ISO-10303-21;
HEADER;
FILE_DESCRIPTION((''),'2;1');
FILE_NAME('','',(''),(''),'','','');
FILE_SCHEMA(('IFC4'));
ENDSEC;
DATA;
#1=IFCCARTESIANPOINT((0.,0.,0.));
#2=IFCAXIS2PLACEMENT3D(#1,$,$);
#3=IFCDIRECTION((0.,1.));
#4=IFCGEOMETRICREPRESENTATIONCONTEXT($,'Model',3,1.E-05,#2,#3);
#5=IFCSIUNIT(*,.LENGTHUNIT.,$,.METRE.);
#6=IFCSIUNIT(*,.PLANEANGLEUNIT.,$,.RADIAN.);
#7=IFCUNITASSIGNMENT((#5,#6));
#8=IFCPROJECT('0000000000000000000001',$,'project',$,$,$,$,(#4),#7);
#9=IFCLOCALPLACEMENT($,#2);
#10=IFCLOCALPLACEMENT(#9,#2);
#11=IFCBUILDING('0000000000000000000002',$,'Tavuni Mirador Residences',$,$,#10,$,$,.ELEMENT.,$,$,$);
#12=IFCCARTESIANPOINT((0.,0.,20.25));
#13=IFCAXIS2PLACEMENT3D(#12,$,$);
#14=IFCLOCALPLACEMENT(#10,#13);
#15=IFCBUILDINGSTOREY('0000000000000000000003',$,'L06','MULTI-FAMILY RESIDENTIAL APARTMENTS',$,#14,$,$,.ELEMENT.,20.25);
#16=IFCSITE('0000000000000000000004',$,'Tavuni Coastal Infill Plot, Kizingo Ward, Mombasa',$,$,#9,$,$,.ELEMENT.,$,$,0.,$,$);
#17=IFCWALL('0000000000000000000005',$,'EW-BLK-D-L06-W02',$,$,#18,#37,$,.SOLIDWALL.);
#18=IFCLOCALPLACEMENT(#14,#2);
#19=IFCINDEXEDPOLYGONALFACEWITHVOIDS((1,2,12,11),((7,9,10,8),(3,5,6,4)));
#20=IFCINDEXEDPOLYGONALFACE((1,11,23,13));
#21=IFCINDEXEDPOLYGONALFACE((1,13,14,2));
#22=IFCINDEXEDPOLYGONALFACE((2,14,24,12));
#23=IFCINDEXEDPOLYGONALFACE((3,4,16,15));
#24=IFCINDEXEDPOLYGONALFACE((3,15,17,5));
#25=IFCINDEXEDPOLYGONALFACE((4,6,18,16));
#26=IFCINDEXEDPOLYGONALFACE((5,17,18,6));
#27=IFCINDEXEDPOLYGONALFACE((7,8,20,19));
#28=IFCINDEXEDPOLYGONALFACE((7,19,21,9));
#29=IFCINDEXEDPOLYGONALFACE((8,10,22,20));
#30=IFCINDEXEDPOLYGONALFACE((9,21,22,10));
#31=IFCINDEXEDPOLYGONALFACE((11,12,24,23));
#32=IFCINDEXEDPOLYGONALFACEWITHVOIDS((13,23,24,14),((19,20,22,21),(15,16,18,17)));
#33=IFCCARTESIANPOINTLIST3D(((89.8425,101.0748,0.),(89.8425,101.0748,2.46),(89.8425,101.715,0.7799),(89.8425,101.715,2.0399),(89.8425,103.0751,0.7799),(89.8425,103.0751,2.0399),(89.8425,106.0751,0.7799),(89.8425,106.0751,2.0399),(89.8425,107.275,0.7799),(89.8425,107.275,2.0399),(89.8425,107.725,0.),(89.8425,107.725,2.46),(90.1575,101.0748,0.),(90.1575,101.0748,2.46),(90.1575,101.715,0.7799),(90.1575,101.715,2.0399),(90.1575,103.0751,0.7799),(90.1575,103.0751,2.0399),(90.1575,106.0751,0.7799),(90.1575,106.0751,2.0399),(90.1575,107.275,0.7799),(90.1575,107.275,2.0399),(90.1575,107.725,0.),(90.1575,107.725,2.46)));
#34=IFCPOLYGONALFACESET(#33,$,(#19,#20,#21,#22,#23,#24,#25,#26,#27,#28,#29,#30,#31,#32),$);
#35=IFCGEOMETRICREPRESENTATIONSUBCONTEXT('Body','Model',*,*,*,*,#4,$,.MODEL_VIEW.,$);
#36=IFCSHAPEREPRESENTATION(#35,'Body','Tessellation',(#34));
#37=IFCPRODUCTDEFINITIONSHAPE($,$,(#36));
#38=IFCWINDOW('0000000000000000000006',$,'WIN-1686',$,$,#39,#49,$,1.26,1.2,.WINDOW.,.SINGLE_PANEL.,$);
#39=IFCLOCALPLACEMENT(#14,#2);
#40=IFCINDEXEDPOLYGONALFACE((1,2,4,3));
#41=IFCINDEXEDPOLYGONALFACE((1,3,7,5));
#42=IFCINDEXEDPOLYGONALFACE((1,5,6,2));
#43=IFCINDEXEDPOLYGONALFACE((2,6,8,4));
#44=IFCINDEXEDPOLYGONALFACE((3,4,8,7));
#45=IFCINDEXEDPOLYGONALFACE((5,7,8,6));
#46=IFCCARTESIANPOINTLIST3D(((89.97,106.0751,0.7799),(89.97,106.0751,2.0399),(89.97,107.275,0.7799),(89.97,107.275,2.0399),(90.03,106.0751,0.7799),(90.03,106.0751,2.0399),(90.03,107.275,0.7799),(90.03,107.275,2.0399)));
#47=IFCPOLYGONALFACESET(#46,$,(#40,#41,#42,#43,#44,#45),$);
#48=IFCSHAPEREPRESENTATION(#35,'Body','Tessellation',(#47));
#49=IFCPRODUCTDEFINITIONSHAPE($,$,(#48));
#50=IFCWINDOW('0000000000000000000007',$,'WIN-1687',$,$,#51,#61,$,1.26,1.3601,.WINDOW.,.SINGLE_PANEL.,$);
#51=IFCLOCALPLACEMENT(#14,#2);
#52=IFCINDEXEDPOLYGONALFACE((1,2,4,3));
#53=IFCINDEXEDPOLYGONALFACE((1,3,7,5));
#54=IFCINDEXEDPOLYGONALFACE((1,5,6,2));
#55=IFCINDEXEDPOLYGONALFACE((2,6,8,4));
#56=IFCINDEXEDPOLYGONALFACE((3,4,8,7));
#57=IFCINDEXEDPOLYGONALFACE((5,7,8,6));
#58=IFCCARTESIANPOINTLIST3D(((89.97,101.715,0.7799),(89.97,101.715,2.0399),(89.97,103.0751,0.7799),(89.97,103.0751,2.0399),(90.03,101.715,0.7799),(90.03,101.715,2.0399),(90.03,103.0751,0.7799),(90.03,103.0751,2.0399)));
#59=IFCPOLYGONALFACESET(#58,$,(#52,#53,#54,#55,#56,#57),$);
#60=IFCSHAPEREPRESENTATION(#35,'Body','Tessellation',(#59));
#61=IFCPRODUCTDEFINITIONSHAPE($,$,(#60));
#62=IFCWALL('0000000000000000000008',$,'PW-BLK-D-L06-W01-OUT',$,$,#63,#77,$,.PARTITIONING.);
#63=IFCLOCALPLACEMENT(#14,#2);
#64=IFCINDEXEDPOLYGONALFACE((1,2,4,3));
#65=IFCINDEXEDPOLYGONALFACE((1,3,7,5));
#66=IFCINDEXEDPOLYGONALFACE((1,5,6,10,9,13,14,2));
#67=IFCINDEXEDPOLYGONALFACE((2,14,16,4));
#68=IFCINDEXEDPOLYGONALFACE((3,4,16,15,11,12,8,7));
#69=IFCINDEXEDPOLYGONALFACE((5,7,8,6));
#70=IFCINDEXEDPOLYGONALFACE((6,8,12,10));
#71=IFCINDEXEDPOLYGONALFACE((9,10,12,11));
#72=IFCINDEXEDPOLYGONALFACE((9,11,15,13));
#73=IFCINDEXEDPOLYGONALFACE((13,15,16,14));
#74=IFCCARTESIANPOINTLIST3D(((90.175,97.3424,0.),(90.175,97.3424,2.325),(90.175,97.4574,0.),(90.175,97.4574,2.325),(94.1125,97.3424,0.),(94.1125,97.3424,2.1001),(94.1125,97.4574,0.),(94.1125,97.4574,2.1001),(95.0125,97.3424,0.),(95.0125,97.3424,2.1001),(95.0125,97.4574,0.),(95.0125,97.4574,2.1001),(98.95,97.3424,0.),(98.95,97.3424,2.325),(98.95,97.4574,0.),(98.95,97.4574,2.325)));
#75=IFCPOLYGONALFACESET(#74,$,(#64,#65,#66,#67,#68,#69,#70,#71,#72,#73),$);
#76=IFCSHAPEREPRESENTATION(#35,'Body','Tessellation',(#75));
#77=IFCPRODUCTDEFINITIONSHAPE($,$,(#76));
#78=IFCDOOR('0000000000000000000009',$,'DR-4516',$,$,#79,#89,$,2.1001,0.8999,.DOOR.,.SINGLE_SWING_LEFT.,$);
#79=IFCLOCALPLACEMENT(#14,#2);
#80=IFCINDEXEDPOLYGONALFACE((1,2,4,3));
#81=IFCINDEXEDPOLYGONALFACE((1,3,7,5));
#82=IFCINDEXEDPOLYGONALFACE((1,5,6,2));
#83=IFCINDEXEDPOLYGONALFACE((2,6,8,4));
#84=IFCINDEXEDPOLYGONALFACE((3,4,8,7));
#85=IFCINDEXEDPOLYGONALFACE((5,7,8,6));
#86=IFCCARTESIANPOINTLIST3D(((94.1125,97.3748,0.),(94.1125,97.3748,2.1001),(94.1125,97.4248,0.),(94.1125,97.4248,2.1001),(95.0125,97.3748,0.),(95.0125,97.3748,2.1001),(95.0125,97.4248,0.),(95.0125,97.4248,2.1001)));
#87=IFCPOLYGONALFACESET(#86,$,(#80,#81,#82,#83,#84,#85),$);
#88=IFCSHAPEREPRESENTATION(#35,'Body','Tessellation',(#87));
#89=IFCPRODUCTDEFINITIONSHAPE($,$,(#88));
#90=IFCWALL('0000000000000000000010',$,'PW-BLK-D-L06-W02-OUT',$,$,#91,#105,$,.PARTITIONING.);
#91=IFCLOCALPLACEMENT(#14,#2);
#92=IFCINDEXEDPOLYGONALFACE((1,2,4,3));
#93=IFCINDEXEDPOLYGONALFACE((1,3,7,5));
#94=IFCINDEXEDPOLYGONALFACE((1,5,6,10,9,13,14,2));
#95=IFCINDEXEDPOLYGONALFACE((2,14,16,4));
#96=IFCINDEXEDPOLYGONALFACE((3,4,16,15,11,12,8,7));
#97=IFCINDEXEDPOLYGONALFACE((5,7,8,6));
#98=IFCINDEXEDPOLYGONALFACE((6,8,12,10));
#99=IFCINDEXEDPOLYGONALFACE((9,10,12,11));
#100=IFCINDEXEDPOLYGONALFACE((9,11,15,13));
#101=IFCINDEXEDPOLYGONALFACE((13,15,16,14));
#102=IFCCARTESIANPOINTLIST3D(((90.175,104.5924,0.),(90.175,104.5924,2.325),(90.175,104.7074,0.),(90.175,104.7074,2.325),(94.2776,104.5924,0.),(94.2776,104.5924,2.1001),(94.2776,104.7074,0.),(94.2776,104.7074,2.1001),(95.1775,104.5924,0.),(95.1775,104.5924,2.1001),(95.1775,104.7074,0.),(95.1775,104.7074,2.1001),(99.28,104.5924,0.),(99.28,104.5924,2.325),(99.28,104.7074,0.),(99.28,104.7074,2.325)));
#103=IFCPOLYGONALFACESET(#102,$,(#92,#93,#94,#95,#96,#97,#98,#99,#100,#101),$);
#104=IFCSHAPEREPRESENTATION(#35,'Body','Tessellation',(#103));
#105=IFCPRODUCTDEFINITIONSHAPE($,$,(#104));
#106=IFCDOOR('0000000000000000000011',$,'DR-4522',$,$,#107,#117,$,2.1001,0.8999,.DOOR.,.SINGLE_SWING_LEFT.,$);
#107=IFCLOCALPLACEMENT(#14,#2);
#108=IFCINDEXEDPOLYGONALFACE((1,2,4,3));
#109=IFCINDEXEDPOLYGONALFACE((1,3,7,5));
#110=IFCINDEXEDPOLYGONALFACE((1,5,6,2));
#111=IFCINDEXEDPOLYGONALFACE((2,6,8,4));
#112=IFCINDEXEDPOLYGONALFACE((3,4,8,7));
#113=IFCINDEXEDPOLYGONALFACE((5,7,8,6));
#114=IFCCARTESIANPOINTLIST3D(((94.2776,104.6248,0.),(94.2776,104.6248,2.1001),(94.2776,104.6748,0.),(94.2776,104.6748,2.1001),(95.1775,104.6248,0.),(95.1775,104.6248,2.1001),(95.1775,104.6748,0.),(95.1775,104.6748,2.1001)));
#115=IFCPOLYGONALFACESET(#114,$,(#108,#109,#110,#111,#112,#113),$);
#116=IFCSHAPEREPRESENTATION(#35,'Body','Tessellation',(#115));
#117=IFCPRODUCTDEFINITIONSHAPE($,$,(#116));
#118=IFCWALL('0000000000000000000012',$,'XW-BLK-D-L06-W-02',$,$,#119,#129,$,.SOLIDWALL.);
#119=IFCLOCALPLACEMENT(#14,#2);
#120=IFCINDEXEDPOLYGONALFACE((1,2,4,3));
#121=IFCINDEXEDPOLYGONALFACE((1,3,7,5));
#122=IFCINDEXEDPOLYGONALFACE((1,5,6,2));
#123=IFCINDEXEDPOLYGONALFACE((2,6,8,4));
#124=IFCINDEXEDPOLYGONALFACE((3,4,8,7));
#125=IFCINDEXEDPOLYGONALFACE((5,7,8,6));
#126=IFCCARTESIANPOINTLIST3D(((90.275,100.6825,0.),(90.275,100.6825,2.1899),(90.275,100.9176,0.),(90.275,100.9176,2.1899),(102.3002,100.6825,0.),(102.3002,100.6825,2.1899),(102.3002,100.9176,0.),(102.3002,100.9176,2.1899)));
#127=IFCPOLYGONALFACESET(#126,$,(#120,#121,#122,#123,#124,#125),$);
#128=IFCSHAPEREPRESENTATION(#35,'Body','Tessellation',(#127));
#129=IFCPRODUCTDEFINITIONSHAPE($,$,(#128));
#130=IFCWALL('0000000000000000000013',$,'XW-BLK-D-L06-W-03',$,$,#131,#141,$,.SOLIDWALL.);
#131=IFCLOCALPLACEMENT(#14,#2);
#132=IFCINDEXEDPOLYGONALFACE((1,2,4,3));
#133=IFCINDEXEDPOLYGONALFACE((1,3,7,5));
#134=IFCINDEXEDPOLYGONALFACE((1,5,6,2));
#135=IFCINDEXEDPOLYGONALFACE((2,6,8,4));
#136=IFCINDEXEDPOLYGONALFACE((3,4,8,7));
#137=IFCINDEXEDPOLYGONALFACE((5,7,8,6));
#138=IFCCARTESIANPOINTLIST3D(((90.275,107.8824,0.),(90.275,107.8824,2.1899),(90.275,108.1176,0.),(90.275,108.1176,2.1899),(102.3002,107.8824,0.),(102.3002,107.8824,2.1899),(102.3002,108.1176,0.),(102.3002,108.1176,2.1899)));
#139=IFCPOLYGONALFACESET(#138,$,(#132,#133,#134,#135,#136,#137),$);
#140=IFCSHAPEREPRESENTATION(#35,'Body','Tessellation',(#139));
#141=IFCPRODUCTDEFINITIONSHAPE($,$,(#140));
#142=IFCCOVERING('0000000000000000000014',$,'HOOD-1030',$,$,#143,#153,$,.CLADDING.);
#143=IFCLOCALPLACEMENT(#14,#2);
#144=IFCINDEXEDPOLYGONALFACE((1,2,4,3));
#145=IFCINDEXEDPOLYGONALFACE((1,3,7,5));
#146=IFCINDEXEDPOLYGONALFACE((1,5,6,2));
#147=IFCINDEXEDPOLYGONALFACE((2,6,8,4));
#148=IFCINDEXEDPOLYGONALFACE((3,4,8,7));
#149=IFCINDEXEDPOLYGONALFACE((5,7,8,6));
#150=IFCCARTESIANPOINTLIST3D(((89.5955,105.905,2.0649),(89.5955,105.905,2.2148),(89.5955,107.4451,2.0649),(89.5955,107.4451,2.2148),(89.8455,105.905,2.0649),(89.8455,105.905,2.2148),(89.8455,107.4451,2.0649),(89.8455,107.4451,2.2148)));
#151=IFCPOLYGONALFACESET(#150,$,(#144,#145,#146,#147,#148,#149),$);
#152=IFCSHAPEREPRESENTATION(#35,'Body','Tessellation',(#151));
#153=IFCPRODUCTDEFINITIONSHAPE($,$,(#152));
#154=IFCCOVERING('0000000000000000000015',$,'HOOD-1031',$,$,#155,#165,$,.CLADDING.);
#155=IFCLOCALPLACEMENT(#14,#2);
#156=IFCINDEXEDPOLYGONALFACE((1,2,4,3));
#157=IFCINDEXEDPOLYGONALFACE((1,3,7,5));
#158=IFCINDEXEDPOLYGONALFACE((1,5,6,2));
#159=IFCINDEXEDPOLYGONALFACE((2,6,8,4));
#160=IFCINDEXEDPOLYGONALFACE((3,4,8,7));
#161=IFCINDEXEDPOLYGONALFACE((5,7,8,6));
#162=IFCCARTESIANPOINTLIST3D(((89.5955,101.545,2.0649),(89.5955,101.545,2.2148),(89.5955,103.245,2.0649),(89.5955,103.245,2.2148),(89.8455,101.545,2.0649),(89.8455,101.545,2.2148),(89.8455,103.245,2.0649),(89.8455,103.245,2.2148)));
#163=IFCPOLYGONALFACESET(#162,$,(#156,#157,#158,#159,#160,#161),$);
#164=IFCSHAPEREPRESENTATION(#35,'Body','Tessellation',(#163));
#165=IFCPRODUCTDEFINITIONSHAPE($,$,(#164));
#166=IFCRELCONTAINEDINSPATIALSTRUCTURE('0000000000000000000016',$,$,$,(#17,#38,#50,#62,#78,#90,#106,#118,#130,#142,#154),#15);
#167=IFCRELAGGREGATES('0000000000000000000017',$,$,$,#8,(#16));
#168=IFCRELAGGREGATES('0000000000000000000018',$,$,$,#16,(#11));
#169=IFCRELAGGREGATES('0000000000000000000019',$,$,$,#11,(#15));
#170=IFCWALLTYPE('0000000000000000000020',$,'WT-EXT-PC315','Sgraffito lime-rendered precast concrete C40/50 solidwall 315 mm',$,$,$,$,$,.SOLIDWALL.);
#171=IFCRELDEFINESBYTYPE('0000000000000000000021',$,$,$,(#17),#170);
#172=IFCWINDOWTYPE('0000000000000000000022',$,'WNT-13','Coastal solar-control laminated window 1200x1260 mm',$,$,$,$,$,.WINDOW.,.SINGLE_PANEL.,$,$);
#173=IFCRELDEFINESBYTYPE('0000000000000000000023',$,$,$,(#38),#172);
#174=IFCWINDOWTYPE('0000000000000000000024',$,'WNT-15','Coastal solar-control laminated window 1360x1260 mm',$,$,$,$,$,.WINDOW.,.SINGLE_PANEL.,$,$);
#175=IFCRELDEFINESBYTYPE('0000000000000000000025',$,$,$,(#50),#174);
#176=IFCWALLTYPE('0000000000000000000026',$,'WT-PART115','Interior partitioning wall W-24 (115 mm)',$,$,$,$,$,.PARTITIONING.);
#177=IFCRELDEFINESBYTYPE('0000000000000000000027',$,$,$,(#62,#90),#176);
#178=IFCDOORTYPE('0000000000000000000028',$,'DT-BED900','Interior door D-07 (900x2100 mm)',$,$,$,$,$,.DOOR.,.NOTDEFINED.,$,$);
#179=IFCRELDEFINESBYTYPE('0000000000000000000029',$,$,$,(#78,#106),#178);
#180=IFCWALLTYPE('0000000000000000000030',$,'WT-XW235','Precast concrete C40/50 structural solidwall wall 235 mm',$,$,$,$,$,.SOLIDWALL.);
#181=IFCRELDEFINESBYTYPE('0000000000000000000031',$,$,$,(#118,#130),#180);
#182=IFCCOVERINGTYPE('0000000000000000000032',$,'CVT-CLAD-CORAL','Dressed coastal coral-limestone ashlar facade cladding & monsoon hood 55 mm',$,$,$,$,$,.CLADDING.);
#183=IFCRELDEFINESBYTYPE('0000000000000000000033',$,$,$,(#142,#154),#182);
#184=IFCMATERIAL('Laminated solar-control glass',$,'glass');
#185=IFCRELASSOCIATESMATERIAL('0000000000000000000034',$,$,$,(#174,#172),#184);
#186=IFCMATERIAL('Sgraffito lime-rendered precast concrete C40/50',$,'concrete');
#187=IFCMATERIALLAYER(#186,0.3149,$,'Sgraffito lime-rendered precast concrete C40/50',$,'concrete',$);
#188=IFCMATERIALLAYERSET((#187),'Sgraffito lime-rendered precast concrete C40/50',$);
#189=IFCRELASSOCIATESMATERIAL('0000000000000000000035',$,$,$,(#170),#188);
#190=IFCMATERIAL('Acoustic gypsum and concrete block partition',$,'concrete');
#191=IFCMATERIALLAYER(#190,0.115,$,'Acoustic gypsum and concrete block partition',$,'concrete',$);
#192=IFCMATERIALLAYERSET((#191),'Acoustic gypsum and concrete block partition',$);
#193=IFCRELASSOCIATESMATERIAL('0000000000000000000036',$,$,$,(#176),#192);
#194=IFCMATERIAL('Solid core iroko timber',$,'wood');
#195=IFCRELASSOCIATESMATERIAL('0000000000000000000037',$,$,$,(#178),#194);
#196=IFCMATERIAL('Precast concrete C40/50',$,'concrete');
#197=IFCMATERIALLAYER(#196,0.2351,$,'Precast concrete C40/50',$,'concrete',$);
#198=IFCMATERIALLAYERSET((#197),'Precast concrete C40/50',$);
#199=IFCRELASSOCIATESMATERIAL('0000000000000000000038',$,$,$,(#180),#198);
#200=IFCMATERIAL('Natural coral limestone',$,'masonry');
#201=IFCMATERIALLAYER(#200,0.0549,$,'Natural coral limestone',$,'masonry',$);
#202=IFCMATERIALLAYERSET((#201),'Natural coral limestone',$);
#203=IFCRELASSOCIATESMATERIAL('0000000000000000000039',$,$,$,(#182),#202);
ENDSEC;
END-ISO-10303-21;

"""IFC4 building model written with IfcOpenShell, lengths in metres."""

from ifc_helpers import new_model, si_unit, direction, frame, frame_2d, origin, origin_2d, place, context, subcontext, project, spatial, rectangle, extrude, material, layer, layer_set, type_object, element, fill, save


model = new_model("IFC4")

# Units and contexts
model_context = context("Model", 3, precision=1e-05, world=origin(), true_north=direction((0.0, 1.0)))
body_context = subcontext(model_context, "Body", "Model", "MODEL_VIEW")
ifc_project = project(units=[si_unit("LENGTHUNIT", "METRE"), si_unit("PLANEANGLEUNIT", "RADIAN")], contexts=[model_context])

# Site, building, storey
site_placement = place(None, origin())
site = spatial("IfcSite", under=ifc_project, at=site_placement, Name="Tavuni Coastal Infill Plot, Kizingo Ward, Mombasa", CompositionType="ELEMENT", RefElevation=0.0)
building_placement = place(site_placement, origin())
building = spatial("IfcBuilding", under=site, at=building_placement, Name="Tavuni Mirador Residences", CompositionType="ELEMENT")
storey_placement = place(building_placement, frame((0.0, 0.0, 20.25)))
storey = spatial("IfcBuildingStorey", under=building, at=storey_placement, Name="L06", Description="MULTI-FAMILY RESIDENTIAL APARTMENTS", CompositionType="ELEMENT", Elevation=20.25)

# Shared definitions
ifc_material_1 = material(Name="Precast concrete C40/50", Category="concrete")

# Wall, openings, windows
ifc_material_2 = material(Name="Laminated solar-control glass", Category="glass")
window_type_1 = type_object("IfcWindowType", Name="WNT-15", Description="Coastal solar-control laminated window 1360x1260 mm", PartitioningType="SINGLE_PANEL", PredefinedType="WINDOW", material=ifc_material_2)
ifc_material_3 = material(Name="Sgraffito lime-rendered precast concrete C40/50", Category="concrete")
ifc_layer_1 = layer(ifc_material_3, 0.3149, Name="Sgraffito lime-rendered precast concrete C40/50", Category="concrete")
ifc_layer_set_1 = layer_set([ifc_layer_1], Name="Sgraffito lime-rendered precast concrete C40/50")
wall_type_1 = type_object("IfcWallType", Name="WT-EXT-PC315", Description="Sgraffito lime-rendered precast concrete C40/50 solidwall 315 mm", PredefinedType="SOLIDWALL", material=ifc_layer_set_1)
wall_1_placement = place(storey_placement, frame((90.0, 107.7251, 0.0), z_axis=(0.0, 0.0, 1.0), x_axis=(0.0, -1.0, 0.0)))
wall_1 = element("IfcWall", 1, at=wall_1_placement, inside=storey, type_object=wall_type_1, Name="EW-BLK-D-L06-W02", PredefinedType="SOLIDWALL", context=body_context, shape_type="SweptSolid", body=[
    extrude(rectangle(XDim=6.6501, YDim=0.3149, at=frame_2d((3.3252, 0.0))), origin(), (0.0, 0.0, 1.0), 2.46),
])
opening_1_placement = place(wall_1_placement, frame((0.45, 0.0, 0.78)))
opening_1 = element("IfcOpeningElement", 2, at=opening_1_placement, cuts=wall_1, PredefinedType="OPENING", context=body_context, shape_type="SweptSolid", body=[
    extrude(rectangle(XDim=1.2, YDim=1.26, at=frame_2d((0.6001, 0.6299))), frame((0.0, 0.1675, 0.0), z_axis=(0.0, -1.0, 0.0), x_axis=(1.0, 0.0, 0.0)), (0.0, 0.0, 1.0), 0.335),
])
opening_2_placement = place(wall_1_placement, frame((4.6499, 0.0, 0.78)))
opening_2 = element("IfcOpeningElement", 3, at=opening_2_placement, cuts=wall_1, PredefinedType="OPENING", context=body_context, shape_type="SweptSolid", body=[
    extrude(rectangle(XDim=1.3601, YDim=1.26, at=frame_2d((0.6802, 0.6299))), frame((0.0, 0.1675, 0.0), z_axis=(0.0, -1.0, 0.0), x_axis=(1.0, 0.0, 0.0)), (0.0, 0.0, 1.0), 0.335),
])
window_type_2 = type_object("IfcWindowType", Name="WNT-13", Description="Coastal solar-control laminated window 1200x1260 mm", PartitioningType="SINGLE_PANEL", PredefinedType="WINDOW", material=ifc_material_2)
window_1_placement = place(opening_1_placement, origin())
window_1 = element("IfcWindow", 4, at=window_1_placement, inside=storey, type_object=window_type_2, Name="WIN-1686", OverallHeight=1.26, OverallWidth=1.2, PartitioningType="SINGLE_PANEL", PredefinedType="WINDOW", context=body_context, shape_type="SweptSolid", body=[
    extrude(rectangle(XDim=1.2, YDim=1.26, at=frame_2d((0.6001, 0.6299))), frame((0.0, 0.03, 0.0), z_axis=(0.0, -1.0, 0.0), x_axis=(1.0, 0.0, 0.0)), (0.0, 0.0, 1.0), 0.0601),
])
fill(opening_1, window_1)
window_2_placement = place(opening_2_placement, origin())
window_2 = element("IfcWindow", 5, at=window_2_placement, inside=storey, type_object=window_type_1, Name="WIN-1687", OverallHeight=1.26, OverallWidth=1.3601, PartitioningType="SINGLE_PANEL", PredefinedType="WINDOW", context=body_context, shape_type="SweptSolid", body=[
    extrude(rectangle(XDim=1.3601, YDim=1.26, at=frame_2d((0.6802, 0.6299))), frame((0.0, 0.03, 0.0), z_axis=(0.0, -1.0, 0.0), x_axis=(1.0, 0.0, 0.0)), (0.0, 0.0, 1.0), 0.0601),
])
fill(opening_2, window_2)

# Walls, openings, doors
ifc_material_4 = material(Name="Acoustic gypsum and concrete block partition", Category="concrete")
ifc_layer_2 = layer(ifc_material_4, 0.115, Name="Acoustic gypsum and concrete block partition", Category="concrete")
ifc_layer_set_2 = layer_set([ifc_layer_2], Name="Acoustic gypsum and concrete block partition")
wall_type_2 = type_object("IfcWallType", Name="WT-PART115", Description="Interior partitioning wall W-24 (115 mm)", PredefinedType="PARTITIONING", material=ifc_layer_set_2)
wall_2_placement = place(storey_placement, frame((90.175, 97.3999, 0.0), z_axis=(0.0, 0.0, 1.0), x_axis=(1.0, 0.0, 0.0)))
wall_2 = element("IfcWall", 6, at=wall_2_placement, inside=storey, type_object=wall_type_2, Name="PW-BLK-D-L06-W01-OUT", PredefinedType="PARTITIONING", context=body_context, shape_type="SweptSolid", body=[
    extrude(rectangle(XDim=8.7749, YDim=0.115, at=frame_2d((4.3875, 0.0))), origin(), (0.0, 0.0, 1.0), 2.325),
])
opening_3_placement = place(wall_2_placement, frame((3.9375, 0.0, 0.0)))
opening_3 = element("IfcOpeningElement", 7, at=opening_3_placement, cuts=wall_2, PredefinedType="OPENING", context=body_context, shape_type="SweptSolid", body=[
    extrude(rectangle(XDim=0.8999, YDim=2.1001, at=frame_2d((0.45, 1.05))), frame((0.0, 0.0674, 0.0), z_axis=(0.0, -1.0, 0.0), x_axis=(1.0, 0.0, 0.0)), (0.0, 0.0, 1.0), 0.135),
])
ifc_material_5 = material(Name="Solid core iroko timber", Category="wood")
door_type = type_object("IfcDoorType", Name="DT-BED900", Description="Interior door D-07 (900x2100 mm)", OperationType="NOTDEFINED", PredefinedType="DOOR", material=ifc_material_5)
door_1_placement = place(opening_3_placement, origin())
door_1 = element("IfcDoor", 8, at=door_1_placement, inside=storey, type_object=door_type, Name="DR-4516", OperationType="SINGLE_SWING_LEFT", OverallHeight=2.1001, OverallWidth=0.8999, PredefinedType="DOOR", context=body_context, shape_type="SweptSolid", body=[
    extrude(rectangle(XDim=0.8999, YDim=2.1001, at=frame_2d((0.45, 1.05))), frame((0.0, 0.0249, 0.0), z_axis=(0.0, -1.0, 0.0), x_axis=(1.0, 0.0, 0.0)), (0.0, 0.0, 1.0), 0.05),
])
fill(opening_3, door_1)
wall_3_placement = place(storey_placement, frame((90.175, 104.6499, 0.0), z_axis=(0.0, 0.0, 1.0), x_axis=(1.0, 0.0, 0.0)))
wall_3 = element("IfcWall", 9, at=wall_3_placement, inside=storey, type_object=wall_type_2, Name="PW-BLK-D-L06-W02-OUT", PredefinedType="PARTITIONING", context=body_context, shape_type="SweptSolid", body=[
    extrude(rectangle(XDim=9.105, YDim=0.115, at=frame_2d((4.5525, 0.0))), origin(), (0.0, 0.0, 1.0), 2.325),
])
opening_4_placement = place(wall_3_placement, frame((4.1025, 0.0, 0.0)))
opening_4 = element("IfcOpeningElement", 10, at=opening_4_placement, cuts=wall_3, PredefinedType="OPENING", context=body_context, shape_type="SweptSolid", body=[
    extrude(rectangle(XDim=0.8999, YDim=2.1001, at=frame_2d((0.45, 1.05))), frame((0.0, 0.0674, 0.0), z_axis=(0.0, -1.0, 0.0), x_axis=(1.0, 0.0, 0.0)), (0.0, 0.0, 1.0), 0.135),
])
door_2_placement = place(opening_4_placement, origin())
door_2 = element("IfcDoor", 11, at=door_2_placement, inside=storey, type_object=door_type, Name="DR-4522", OperationType="SINGLE_SWING_LEFT", OverallHeight=2.1001, OverallWidth=0.8999, PredefinedType="DOOR", context=body_context, shape_type="SweptSolid", body=[
    extrude(rectangle(XDim=0.8999, YDim=2.1001, at=frame_2d((0.45, 1.05))), frame((0.0, 0.0249, 0.0), z_axis=(0.0, -1.0, 0.0), x_axis=(1.0, 0.0, 0.0)), (0.0, 0.0, 1.0), 0.05),
])
fill(opening_4, door_2)

# Walls
ifc_layer_3 = layer(ifc_material_1, 0.2351, Name="Precast concrete C40/50", Category="concrete")
ifc_layer_set_3 = layer_set([ifc_layer_3], Name="Precast concrete C40/50")
wall_type_3 = type_object("IfcWallType", Name="WT-XW235", Description="Precast concrete C40/50 structural solidwall wall 235 mm", PredefinedType="SOLIDWALL", material=ifc_layer_set_3)
for number, where, z_axis, x_axis, name in (
    (12, (90.2749, 100.8, 0.0), (0.0, 0.0, 1.0), (1.0, 0.0, 0.0), "XW-BLK-D-L06-W-02"),
    (13, (90.2749, 108.0, 0.0), (0.0, 0.0, 1.0), (1.0, 0.0, 0.0), "XW-BLK-D-L06-W-03"),
):
    element("IfcWall", number, at=place(storey_placement, frame(where, z_axis=z_axis, x_axis=x_axis)), inside=storey, type_object=wall_type_3, Name=name, PredefinedType="SOLIDWALL", context=body_context, shape_type="SweptSolid", body=[
        extrude(rectangle(XDim=12.0251, YDim=0.2351, at=frame_2d((6.0127, 0.0))), origin(), (0.0, 0.0, 1.0), 2.1899),
    ])

# Coverings
ifc_material_6 = material(Name="Natural coral limestone", Category="masonry")
ifc_layer_4 = layer(ifc_material_6, 0.0549, Name="Natural coral limestone", Category="masonry")
ifc_layer_set_4 = layer_set([ifc_layer_4], Name="Natural coral limestone")
covering_type_1 = type_object("IfcCoveringType", Name="CVT-CLAD-CORAL", Description="Dressed coastal coral-limestone ashlar facade cladding & monsoon hood 55 mm", PredefinedType="CLADDING", material=ifc_layer_set_4)
covering_1_placement = place(storey_placement, frame((89.7205, 106.675, 2.0649), z_axis=(0.0, 0.0, 1.0), x_axis=(0.0, -1.0, 0.0)))
element("IfcCovering", 14, at=covering_1_placement, inside=storey, type_object=covering_type_1, Name="HOOD-1030", PredefinedType="CLADDING", context=body_context, shape_type="SweptSolid", body=[
    extrude(rectangle(XDim=1.54, YDim=0.25, at=origin_2d()), origin(), (0.0, 0.0, 1.0), 0.1499),
])
for number, where, z_axis, x_axis, name in (
    (15, (89.7205, 102.395, 2.0649), (0.0, 0.0, 1.0), (0.0, -1.0, 0.0), "HOOD-1031"),
):
    element("IfcCovering", number, at=place(storey_placement, frame(where, z_axis=z_axis, x_axis=x_axis)), inside=storey, type_object=covering_type_1, Name=name, PredefinedType="CLADDING", context=body_context, shape_type="SweptSolid", body=[
        extrude(rectangle(XDim=1.7, YDim=0.25, at=origin_2d()), origin(), (0.0, 0.0, 1.0), 0.1499),
    ])

save(model, "model.ifc")
